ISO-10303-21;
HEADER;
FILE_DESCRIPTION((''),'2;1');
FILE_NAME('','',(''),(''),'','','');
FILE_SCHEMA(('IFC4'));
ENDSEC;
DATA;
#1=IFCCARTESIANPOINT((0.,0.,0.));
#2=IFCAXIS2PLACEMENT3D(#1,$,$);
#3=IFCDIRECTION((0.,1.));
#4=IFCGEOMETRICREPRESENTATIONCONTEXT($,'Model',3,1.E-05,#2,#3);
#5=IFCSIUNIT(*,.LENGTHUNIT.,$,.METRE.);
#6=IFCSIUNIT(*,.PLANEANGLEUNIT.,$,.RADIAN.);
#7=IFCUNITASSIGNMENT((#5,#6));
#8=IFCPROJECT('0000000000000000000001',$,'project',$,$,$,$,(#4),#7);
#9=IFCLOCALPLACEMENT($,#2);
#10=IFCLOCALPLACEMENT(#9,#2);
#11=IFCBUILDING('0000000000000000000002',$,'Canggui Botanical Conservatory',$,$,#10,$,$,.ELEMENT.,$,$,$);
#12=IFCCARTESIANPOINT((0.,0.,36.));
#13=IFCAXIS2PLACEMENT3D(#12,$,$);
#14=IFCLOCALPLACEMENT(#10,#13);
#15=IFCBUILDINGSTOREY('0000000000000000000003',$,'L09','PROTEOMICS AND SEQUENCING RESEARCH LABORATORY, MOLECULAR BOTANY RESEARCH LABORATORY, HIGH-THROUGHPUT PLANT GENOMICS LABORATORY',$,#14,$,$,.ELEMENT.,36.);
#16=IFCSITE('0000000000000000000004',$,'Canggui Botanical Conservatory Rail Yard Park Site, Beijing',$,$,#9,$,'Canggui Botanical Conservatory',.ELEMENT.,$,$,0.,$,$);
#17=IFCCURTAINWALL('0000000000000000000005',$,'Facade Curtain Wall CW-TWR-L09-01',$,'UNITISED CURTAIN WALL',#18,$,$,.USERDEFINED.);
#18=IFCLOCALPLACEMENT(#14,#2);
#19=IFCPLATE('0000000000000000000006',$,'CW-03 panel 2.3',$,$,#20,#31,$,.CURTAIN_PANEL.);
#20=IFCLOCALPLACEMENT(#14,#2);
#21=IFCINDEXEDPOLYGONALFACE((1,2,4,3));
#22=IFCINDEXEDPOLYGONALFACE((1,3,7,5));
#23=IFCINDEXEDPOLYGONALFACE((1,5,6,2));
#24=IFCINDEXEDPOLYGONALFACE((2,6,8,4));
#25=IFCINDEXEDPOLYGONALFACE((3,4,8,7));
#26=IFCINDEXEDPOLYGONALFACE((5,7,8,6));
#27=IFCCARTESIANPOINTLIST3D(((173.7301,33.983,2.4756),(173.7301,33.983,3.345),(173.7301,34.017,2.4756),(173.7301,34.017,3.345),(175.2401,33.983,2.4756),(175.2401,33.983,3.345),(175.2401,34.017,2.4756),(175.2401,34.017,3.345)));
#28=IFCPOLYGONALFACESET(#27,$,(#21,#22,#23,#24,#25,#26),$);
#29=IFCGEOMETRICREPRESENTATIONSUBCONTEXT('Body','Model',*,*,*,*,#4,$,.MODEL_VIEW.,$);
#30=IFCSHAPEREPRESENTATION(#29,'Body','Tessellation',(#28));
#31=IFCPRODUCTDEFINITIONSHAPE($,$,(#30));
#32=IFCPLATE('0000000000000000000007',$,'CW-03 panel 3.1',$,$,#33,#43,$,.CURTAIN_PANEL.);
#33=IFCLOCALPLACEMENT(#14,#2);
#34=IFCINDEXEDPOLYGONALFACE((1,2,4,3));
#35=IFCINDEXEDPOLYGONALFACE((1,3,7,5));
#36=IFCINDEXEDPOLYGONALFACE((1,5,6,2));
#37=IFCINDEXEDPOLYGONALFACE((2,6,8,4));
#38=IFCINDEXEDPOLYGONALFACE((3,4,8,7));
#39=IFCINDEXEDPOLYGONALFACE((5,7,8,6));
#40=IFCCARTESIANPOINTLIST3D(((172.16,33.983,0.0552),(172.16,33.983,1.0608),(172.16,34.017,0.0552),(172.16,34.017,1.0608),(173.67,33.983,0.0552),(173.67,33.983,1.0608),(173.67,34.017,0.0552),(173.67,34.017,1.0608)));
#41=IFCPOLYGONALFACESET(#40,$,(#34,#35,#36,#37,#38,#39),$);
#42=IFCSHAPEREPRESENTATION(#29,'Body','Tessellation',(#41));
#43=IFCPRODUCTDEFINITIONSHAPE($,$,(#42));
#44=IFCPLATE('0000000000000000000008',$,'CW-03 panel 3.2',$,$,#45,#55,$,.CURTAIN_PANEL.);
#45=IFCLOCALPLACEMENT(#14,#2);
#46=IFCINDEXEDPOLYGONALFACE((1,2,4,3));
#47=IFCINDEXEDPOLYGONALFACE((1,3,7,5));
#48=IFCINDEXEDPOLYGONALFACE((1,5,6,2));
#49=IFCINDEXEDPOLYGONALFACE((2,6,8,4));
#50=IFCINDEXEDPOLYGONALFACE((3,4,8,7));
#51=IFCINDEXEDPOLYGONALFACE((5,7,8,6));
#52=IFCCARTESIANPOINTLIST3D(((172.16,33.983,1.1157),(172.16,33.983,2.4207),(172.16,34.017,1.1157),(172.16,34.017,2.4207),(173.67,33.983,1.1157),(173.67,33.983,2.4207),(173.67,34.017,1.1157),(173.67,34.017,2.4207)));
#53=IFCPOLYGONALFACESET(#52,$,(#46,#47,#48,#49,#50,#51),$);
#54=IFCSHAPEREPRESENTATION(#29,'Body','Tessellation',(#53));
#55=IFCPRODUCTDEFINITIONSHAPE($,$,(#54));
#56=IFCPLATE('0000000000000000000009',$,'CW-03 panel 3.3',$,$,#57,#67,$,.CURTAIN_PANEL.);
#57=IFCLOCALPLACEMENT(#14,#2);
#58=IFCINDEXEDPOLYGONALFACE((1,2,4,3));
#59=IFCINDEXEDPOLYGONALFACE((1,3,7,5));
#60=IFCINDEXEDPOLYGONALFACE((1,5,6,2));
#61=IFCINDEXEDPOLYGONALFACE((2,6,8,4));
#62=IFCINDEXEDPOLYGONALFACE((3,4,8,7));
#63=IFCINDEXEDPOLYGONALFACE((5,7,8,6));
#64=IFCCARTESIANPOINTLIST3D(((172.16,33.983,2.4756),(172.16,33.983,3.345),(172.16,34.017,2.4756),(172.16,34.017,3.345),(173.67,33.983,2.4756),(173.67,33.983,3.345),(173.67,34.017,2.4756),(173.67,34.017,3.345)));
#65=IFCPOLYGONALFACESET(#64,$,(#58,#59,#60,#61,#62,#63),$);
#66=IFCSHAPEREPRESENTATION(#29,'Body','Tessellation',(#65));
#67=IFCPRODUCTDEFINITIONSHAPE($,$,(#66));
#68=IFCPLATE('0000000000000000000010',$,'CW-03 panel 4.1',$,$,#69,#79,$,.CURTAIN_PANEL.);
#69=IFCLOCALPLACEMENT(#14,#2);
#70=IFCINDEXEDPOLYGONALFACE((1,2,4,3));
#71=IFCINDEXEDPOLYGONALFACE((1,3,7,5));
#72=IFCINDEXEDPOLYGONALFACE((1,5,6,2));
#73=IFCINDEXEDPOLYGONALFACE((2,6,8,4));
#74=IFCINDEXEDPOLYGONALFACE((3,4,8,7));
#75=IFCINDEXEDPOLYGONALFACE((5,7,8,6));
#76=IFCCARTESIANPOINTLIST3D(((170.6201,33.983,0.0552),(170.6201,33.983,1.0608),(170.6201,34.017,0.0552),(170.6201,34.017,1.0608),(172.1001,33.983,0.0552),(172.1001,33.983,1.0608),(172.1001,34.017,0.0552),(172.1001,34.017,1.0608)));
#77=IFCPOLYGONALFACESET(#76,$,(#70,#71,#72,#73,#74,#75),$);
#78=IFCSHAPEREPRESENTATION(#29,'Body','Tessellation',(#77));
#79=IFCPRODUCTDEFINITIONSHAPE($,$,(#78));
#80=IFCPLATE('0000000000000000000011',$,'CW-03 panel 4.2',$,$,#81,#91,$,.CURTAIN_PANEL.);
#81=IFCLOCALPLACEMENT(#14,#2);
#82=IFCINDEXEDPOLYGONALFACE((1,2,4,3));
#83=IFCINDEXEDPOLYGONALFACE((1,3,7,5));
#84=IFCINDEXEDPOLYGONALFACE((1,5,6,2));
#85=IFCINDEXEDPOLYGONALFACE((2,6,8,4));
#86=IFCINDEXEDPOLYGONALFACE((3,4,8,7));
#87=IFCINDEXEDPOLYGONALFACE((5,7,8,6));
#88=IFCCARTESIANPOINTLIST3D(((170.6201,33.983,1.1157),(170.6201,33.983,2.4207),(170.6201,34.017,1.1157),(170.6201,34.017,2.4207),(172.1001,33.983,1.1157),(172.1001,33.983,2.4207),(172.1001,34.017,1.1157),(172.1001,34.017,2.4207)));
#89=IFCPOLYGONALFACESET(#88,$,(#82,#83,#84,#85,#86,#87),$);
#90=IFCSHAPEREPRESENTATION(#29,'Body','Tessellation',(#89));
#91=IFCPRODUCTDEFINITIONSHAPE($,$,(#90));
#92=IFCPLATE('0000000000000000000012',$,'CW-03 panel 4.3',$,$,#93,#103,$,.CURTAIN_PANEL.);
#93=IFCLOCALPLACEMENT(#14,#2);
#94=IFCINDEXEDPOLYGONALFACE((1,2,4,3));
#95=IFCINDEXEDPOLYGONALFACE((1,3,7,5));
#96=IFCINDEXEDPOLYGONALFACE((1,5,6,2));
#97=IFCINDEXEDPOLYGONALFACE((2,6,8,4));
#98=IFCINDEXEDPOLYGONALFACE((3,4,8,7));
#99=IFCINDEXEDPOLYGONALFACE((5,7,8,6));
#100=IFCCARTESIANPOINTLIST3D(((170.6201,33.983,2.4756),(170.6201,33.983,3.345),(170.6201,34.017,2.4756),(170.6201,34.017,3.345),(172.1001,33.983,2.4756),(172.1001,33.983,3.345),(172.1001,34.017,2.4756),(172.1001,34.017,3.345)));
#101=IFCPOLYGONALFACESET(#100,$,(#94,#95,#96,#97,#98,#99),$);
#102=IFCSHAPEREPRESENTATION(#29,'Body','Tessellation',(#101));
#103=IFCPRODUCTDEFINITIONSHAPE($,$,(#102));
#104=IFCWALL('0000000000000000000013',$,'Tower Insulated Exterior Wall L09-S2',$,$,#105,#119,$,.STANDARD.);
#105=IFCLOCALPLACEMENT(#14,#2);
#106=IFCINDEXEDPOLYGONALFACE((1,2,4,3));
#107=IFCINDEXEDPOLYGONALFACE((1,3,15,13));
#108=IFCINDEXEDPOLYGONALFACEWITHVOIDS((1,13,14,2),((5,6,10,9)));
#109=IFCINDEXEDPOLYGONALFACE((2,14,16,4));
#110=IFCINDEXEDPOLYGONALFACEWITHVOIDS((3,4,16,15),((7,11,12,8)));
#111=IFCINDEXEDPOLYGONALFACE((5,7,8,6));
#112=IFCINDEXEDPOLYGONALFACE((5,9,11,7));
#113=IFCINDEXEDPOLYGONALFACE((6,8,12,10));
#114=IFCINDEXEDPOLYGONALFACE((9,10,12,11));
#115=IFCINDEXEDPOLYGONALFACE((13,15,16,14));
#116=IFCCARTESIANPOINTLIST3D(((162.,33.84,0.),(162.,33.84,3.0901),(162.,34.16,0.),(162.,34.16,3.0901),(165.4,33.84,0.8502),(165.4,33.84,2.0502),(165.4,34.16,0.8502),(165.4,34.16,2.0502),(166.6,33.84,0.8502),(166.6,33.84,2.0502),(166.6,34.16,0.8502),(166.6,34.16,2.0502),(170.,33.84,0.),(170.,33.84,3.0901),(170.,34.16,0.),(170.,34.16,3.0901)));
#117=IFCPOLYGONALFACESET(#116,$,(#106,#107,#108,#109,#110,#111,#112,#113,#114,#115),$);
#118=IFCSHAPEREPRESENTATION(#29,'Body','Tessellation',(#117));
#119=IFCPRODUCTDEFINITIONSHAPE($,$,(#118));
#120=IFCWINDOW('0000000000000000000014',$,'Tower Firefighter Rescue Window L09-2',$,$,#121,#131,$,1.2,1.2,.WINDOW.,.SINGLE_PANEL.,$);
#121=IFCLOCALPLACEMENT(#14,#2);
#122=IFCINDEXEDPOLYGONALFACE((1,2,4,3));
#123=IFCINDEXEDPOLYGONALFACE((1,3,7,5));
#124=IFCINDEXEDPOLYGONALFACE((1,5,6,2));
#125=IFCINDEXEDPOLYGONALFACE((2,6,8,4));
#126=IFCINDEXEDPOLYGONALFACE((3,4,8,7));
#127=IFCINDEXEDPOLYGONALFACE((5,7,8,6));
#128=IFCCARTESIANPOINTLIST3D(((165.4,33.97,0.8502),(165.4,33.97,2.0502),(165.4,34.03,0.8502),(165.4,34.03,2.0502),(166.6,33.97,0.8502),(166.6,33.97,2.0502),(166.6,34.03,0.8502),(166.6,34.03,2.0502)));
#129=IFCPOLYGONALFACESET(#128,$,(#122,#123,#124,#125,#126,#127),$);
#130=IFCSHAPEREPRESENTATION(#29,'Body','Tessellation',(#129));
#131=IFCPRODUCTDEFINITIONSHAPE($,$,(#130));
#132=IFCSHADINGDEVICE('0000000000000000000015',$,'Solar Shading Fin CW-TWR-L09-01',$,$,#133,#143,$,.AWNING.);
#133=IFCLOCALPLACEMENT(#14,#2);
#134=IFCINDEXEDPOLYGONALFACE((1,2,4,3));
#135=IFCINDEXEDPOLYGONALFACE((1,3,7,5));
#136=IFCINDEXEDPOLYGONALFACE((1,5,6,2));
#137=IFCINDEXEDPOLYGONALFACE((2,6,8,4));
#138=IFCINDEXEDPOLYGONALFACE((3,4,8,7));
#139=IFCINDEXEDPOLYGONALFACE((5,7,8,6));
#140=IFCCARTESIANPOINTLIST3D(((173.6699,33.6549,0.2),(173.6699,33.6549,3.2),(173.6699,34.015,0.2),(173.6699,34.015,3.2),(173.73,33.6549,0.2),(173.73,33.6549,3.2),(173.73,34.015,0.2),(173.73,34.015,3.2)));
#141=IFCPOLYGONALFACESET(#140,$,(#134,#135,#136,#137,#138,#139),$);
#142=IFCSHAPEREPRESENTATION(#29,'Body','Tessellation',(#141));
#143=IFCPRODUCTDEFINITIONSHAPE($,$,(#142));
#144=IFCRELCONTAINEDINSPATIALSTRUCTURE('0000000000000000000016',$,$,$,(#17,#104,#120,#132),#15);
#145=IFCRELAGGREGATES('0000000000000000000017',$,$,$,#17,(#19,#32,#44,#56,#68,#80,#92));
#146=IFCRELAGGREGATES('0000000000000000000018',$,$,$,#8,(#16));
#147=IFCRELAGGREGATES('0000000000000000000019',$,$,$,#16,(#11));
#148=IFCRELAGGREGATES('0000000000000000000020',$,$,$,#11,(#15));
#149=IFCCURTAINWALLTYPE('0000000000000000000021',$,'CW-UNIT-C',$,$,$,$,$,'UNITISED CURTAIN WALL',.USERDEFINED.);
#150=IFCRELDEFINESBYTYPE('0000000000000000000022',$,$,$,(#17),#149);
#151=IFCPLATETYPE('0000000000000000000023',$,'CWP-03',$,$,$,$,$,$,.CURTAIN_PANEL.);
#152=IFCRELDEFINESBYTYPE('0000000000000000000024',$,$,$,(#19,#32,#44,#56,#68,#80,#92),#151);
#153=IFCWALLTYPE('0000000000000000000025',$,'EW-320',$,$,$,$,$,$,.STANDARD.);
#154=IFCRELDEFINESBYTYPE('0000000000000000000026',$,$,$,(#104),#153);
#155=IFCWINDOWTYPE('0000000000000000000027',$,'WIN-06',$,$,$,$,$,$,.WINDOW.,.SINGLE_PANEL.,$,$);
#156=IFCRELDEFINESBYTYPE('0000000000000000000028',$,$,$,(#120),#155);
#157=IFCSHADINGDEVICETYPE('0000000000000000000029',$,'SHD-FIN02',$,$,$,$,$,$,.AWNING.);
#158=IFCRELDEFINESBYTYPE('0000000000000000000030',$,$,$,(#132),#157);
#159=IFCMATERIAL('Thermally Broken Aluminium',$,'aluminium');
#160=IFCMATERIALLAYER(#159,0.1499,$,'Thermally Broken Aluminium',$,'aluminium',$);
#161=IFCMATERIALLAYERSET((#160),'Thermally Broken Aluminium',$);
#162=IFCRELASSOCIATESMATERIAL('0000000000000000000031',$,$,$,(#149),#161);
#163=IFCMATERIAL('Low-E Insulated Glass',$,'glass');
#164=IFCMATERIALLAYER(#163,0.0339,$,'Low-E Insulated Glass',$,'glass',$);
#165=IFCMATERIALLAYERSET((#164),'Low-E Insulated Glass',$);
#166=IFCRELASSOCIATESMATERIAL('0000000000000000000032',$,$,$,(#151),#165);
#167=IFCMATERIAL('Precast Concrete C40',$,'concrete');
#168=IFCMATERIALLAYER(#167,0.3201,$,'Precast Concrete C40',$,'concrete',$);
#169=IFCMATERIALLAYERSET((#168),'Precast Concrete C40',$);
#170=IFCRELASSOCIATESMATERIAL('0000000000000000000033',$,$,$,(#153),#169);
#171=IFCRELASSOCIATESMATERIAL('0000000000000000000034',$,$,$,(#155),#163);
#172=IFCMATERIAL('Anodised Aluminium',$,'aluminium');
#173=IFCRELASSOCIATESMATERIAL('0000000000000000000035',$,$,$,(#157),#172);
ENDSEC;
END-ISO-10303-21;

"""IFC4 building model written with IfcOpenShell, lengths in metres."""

from ifc_helpers import new_model, si_unit, direction, frame, frame_2d, origin, origin_2d, place, context, subcontext, project, spatial, rectangle, extrude, material, layer, layer_set, type_object, element, fill, aggregate, save


model = new_model("IFC4")

# Units and contexts
model_context = context("Model", 3, precision=1e-05, world=origin(), true_north=direction((0.0, 1.0)))
body_context = subcontext(model_context, "Body", "Model", "MODEL_VIEW")
ifc_project = project(units=[si_unit("LENGTHUNIT", "METRE"), si_unit("PLANEANGLEUNIT", "RADIAN")], contexts=[model_context])

# Site, building, storey
site_placement = place(None, origin())
site = spatial("IfcSite", under=ifc_project, at=site_placement, Name="Canggui Botanical Conservatory Rail Yard Park Site, Beijing", LongName="Canggui Botanical Conservatory", CompositionType="ELEMENT", RefElevation=0.0)
building_placement = place(site_placement, origin())
building = spatial("IfcBuilding", under=site, at=building_placement, Name="Canggui Botanical Conservatory", CompositionType="ELEMENT")
storey_placement = place(building_placement, frame((0.0, 0.0, 36.0)))
storey = spatial("IfcBuildingStorey", under=building, at=storey_placement, Name="L09", Description="PROTEOMICS AND SEQUENCING RESEARCH LABORATORY, MOLECULAR BOTANY RESEARCH LABORATORY, HIGH-THROUGHPUT PLANT GENOMICS LABORATORY", CompositionType="ELEMENT", Elevation=36.0)

# Curtain wall, plates
ifc_material_1 = material(Name="Thermally Broken Aluminium", Category="aluminium")
ifc_layer_1 = layer(ifc_material_1, 0.1499, Name="Thermally Broken Aluminium", Category="aluminium")
ifc_layer_set_1 = layer_set([ifc_layer_1], Name="Thermally Broken Aluminium")
curtain_wall_type = type_object("IfcCurtainWallType", Name="CW-UNIT-C", ElementType="UNITISED CURTAIN WALL", PredefinedType="USERDEFINED", material=ifc_layer_set_1)
curtain_wall_placement = place(storey_placement, origin())
curtain_wall = element("IfcCurtainWall", 1, at=curtain_wall_placement, inside=storey, type_object=curtain_wall_type, Name="Facade Curtain Wall CW-TWR-L09-01", ObjectType="UNITISED CURTAIN WALL", PredefinedType="USERDEFINED")
ifc_material_2 = material(Name="Low-E Insulated Glass", Category="glass")
ifc_layer_2 = layer(ifc_material_2, 0.0339, Name="Low-E Insulated Glass", Category="glass")
ifc_layer_set_2 = layer_set([ifc_layer_2], Name="Low-E Insulated Glass")
plate_type = type_object("IfcPlateType", Name="CWP-03", PredefinedType="CURTAIN_PANEL", material=ifc_layer_set_2)
plate_1_placement = place(storey_placement, frame((174.4851, 34.0, 2.4756), z_axis=(0.0, 0.0, 1.0), x_axis=(-1.0, 0.0, 0.0)))
plate_1 = element("IfcPlate", 2, at=plate_1_placement, type_object=plate_type, Name="CW-03 panel 2.3", PredefinedType="CURTAIN_PANEL", context=body_context, shape_type="SweptSolid", body=[
    extrude(rectangle(XDim=1.51, YDim=0.0339, at=origin_2d()), origin(), (0.0, 0.0, 1.0), 0.8694),
])
plate_2_placement = place(storey_placement, frame((172.915, 34.0, 0.0552), z_axis=(0.0, 0.0, 1.0), x_axis=(-1.0, 0.0, 0.0)))
plate_2 = element("IfcPlate", 3, at=plate_2_placement, type_object=plate_type, Name="CW-03 panel 3.1", PredefinedType="CURTAIN_PANEL", context=body_context, shape_type="SweptSolid", body=[
    extrude(rectangle(XDim=1.51, YDim=0.0339, at=origin_2d()), origin(), (0.0, 0.0, 1.0), 1.0056),
])
plate_3_placement = place(storey_placement, frame((172.915, 34.0, 1.1157), z_axis=(0.0, 0.0, 1.0), x_axis=(-1.0, 0.0, 0.0)))
plate_3 = element("IfcPlate", 4, at=plate_3_placement, type_object=plate_type, Name="CW-03 panel 3.2", PredefinedType="CURTAIN_PANEL", context=body_context, shape_type="SweptSolid", body=[
    extrude(rectangle(XDim=1.51, YDim=0.0339, at=origin_2d()), origin(), (0.0, 0.0, 1.0), 1.3049),
])
plate_4_placement = place(storey_placement, frame((172.915, 34.0, 2.4756), z_axis=(0.0, 0.0, 1.0), x_axis=(-1.0, 0.0, 0.0)))
plate_4 = element("IfcPlate", 5, at=plate_4_placement, type_object=plate_type, Name="CW-03 panel 3.3", PredefinedType="CURTAIN_PANEL", context=body_context, shape_type="SweptSolid", body=[
    extrude(rectangle(XDim=1.51, YDim=0.0339, at=origin_2d()), origin(), (0.0, 0.0, 1.0), 0.8694),
])
plate_5_placement = place(storey_placement, frame((171.3601, 34.0, 0.0552), z_axis=(0.0, 0.0, 1.0), x_axis=(-1.0, 0.0, 0.0)))
plate_5 = element("IfcPlate", 6, at=plate_5_placement, type_object=plate_type, Name="CW-03 panel 4.1", PredefinedType="CURTAIN_PANEL", context=body_context, shape_type="SweptSolid", body=[
    extrude(rectangle(XDim=1.48, YDim=0.0339, at=origin_2d()), origin(), (0.0, 0.0, 1.0), 1.0056),
])
plate_6_placement = place(storey_placement, frame((171.3601, 34.0, 1.1157), z_axis=(0.0, 0.0, 1.0), x_axis=(-1.0, 0.0, 0.0)))
plate_6 = element("IfcPlate", 7, at=plate_6_placement, type_object=plate_type, Name="CW-03 panel 4.2", PredefinedType="CURTAIN_PANEL", context=body_context, shape_type="SweptSolid", body=[
    extrude(rectangle(XDim=1.48, YDim=0.0339, at=origin_2d()), origin(), (0.0, 0.0, 1.0), 1.3049),
])
plate_7_placement = place(storey_placement, frame((171.3601, 34.0, 2.4756), z_axis=(0.0, 0.0, 1.0), x_axis=(-1.0, 0.0, 0.0)))
plate_7 = element("IfcPlate", 8, at=plate_7_placement, type_object=plate_type, Name="CW-03 panel 4.3", PredefinedType="CURTAIN_PANEL", context=body_context, shape_type="SweptSolid", body=[
    extrude(rectangle(XDim=1.48, YDim=0.0339, at=origin_2d()), origin(), (0.0, 0.0, 1.0), 0.8694),
])
aggregate(curtain_wall, [plate_1, plate_2, plate_3, plate_4, plate_5, plate_6, plate_7])

# Wall, opening, window
ifc_material_3 = material(Name="Precast Concrete C40", Category="concrete")
ifc_layer_3 = layer(ifc_material_3, 0.3201, Name="Precast Concrete C40", Category="concrete")
ifc_layer_set_3 = layer_set([ifc_layer_3], Name="Precast Concrete C40")
wall_type = type_object("IfcWallType", Name="EW-320", PredefinedType="STANDARD", material=ifc_layer_set_3)
wall_placement = place(storey_placement, frame((170.0, 34.0, 0.0), z_axis=(0.0, 0.0, 1.0), x_axis=(-1.0, 0.0, 0.0)))
wall = element("IfcWall", 9, at=wall_placement, inside=storey, type_object=wall_type, Name="Tower Insulated Exterior Wall L09-S2", PredefinedType="STANDARD", context=body_context, shape_type="SweptSolid", body=[
    extrude(rectangle(XDim=8.0, YDim=0.3201, at=frame_2d((4.0, 0.0))), origin(), (0.0, 0.0, 1.0), 3.0901),
])
opening_placement = place(wall_placement, frame((3.3999, 0.0, 0.8501)))
opening = element("IfcOpeningElement", 10, at=opening_placement, cuts=wall, PredefinedType="OPENING", context=body_context, shape_type="SweptSolid", body=[
    extrude(rectangle(XDim=1.2, YDim=1.2, at=frame_2d((0.6001, 0.6001))), frame((0.0, 0.1699, 0.0), z_axis=(0.0, -1.0, 0.0), x_axis=(1.0, 0.0, 0.0)), (0.0, 0.0, 1.0), 0.3401),
])
window_type = type_object("IfcWindowType", Name="WIN-06", PartitioningType="SINGLE_PANEL", PredefinedType="WINDOW", material=ifc_material_2)
window_placement = place(opening_placement, origin())
window = element("IfcWindow", 11, at=window_placement, inside=storey, type_object=window_type, Name="Tower Firefighter Rescue Window L09-2", OverallHeight=1.2, OverallWidth=1.2, PartitioningType="SINGLE_PANEL", PredefinedType="WINDOW", context=body_context, shape_type="SweptSolid", body=[
    extrude(rectangle(XDim=1.2, YDim=1.2, at=frame_2d((0.6001, 0.6001))), frame((0.0, 0.03, 0.0), z_axis=(0.0, -1.0, 0.0), x_axis=(1.0, 0.0, 0.0)), (0.0, 0.0, 1.0), 0.0601),
])
fill(opening, window)

# Shading device
ifc_material_4 = material(Name="Anodised Aluminium", Category="aluminium")
shading_device_type = type_object("IfcShadingDeviceType", Name="SHD-FIN02", PredefinedType="AWNING", material=ifc_material_4)
shading_device_placement = place(storey_placement, frame((173.7, 33.835, 0.2), z_axis=(0.0, 0.0, 1.0), x_axis=(-1.0, 0.0, 0.0)))
element("IfcShadingDevice", 12, at=shading_device_placement, inside=storey, type_object=shading_device_type, Name="Solar Shading Fin CW-TWR-L09-01", PredefinedType="AWNING", context=body_context, shape_type="SweptSolid", body=[
    extrude(rectangle(XDim=0.0601, YDim=0.3601, at=origin_2d()), origin(), (0.0, 0.0, 1.0), 3.0),
])

save(model, "model.ifc")
